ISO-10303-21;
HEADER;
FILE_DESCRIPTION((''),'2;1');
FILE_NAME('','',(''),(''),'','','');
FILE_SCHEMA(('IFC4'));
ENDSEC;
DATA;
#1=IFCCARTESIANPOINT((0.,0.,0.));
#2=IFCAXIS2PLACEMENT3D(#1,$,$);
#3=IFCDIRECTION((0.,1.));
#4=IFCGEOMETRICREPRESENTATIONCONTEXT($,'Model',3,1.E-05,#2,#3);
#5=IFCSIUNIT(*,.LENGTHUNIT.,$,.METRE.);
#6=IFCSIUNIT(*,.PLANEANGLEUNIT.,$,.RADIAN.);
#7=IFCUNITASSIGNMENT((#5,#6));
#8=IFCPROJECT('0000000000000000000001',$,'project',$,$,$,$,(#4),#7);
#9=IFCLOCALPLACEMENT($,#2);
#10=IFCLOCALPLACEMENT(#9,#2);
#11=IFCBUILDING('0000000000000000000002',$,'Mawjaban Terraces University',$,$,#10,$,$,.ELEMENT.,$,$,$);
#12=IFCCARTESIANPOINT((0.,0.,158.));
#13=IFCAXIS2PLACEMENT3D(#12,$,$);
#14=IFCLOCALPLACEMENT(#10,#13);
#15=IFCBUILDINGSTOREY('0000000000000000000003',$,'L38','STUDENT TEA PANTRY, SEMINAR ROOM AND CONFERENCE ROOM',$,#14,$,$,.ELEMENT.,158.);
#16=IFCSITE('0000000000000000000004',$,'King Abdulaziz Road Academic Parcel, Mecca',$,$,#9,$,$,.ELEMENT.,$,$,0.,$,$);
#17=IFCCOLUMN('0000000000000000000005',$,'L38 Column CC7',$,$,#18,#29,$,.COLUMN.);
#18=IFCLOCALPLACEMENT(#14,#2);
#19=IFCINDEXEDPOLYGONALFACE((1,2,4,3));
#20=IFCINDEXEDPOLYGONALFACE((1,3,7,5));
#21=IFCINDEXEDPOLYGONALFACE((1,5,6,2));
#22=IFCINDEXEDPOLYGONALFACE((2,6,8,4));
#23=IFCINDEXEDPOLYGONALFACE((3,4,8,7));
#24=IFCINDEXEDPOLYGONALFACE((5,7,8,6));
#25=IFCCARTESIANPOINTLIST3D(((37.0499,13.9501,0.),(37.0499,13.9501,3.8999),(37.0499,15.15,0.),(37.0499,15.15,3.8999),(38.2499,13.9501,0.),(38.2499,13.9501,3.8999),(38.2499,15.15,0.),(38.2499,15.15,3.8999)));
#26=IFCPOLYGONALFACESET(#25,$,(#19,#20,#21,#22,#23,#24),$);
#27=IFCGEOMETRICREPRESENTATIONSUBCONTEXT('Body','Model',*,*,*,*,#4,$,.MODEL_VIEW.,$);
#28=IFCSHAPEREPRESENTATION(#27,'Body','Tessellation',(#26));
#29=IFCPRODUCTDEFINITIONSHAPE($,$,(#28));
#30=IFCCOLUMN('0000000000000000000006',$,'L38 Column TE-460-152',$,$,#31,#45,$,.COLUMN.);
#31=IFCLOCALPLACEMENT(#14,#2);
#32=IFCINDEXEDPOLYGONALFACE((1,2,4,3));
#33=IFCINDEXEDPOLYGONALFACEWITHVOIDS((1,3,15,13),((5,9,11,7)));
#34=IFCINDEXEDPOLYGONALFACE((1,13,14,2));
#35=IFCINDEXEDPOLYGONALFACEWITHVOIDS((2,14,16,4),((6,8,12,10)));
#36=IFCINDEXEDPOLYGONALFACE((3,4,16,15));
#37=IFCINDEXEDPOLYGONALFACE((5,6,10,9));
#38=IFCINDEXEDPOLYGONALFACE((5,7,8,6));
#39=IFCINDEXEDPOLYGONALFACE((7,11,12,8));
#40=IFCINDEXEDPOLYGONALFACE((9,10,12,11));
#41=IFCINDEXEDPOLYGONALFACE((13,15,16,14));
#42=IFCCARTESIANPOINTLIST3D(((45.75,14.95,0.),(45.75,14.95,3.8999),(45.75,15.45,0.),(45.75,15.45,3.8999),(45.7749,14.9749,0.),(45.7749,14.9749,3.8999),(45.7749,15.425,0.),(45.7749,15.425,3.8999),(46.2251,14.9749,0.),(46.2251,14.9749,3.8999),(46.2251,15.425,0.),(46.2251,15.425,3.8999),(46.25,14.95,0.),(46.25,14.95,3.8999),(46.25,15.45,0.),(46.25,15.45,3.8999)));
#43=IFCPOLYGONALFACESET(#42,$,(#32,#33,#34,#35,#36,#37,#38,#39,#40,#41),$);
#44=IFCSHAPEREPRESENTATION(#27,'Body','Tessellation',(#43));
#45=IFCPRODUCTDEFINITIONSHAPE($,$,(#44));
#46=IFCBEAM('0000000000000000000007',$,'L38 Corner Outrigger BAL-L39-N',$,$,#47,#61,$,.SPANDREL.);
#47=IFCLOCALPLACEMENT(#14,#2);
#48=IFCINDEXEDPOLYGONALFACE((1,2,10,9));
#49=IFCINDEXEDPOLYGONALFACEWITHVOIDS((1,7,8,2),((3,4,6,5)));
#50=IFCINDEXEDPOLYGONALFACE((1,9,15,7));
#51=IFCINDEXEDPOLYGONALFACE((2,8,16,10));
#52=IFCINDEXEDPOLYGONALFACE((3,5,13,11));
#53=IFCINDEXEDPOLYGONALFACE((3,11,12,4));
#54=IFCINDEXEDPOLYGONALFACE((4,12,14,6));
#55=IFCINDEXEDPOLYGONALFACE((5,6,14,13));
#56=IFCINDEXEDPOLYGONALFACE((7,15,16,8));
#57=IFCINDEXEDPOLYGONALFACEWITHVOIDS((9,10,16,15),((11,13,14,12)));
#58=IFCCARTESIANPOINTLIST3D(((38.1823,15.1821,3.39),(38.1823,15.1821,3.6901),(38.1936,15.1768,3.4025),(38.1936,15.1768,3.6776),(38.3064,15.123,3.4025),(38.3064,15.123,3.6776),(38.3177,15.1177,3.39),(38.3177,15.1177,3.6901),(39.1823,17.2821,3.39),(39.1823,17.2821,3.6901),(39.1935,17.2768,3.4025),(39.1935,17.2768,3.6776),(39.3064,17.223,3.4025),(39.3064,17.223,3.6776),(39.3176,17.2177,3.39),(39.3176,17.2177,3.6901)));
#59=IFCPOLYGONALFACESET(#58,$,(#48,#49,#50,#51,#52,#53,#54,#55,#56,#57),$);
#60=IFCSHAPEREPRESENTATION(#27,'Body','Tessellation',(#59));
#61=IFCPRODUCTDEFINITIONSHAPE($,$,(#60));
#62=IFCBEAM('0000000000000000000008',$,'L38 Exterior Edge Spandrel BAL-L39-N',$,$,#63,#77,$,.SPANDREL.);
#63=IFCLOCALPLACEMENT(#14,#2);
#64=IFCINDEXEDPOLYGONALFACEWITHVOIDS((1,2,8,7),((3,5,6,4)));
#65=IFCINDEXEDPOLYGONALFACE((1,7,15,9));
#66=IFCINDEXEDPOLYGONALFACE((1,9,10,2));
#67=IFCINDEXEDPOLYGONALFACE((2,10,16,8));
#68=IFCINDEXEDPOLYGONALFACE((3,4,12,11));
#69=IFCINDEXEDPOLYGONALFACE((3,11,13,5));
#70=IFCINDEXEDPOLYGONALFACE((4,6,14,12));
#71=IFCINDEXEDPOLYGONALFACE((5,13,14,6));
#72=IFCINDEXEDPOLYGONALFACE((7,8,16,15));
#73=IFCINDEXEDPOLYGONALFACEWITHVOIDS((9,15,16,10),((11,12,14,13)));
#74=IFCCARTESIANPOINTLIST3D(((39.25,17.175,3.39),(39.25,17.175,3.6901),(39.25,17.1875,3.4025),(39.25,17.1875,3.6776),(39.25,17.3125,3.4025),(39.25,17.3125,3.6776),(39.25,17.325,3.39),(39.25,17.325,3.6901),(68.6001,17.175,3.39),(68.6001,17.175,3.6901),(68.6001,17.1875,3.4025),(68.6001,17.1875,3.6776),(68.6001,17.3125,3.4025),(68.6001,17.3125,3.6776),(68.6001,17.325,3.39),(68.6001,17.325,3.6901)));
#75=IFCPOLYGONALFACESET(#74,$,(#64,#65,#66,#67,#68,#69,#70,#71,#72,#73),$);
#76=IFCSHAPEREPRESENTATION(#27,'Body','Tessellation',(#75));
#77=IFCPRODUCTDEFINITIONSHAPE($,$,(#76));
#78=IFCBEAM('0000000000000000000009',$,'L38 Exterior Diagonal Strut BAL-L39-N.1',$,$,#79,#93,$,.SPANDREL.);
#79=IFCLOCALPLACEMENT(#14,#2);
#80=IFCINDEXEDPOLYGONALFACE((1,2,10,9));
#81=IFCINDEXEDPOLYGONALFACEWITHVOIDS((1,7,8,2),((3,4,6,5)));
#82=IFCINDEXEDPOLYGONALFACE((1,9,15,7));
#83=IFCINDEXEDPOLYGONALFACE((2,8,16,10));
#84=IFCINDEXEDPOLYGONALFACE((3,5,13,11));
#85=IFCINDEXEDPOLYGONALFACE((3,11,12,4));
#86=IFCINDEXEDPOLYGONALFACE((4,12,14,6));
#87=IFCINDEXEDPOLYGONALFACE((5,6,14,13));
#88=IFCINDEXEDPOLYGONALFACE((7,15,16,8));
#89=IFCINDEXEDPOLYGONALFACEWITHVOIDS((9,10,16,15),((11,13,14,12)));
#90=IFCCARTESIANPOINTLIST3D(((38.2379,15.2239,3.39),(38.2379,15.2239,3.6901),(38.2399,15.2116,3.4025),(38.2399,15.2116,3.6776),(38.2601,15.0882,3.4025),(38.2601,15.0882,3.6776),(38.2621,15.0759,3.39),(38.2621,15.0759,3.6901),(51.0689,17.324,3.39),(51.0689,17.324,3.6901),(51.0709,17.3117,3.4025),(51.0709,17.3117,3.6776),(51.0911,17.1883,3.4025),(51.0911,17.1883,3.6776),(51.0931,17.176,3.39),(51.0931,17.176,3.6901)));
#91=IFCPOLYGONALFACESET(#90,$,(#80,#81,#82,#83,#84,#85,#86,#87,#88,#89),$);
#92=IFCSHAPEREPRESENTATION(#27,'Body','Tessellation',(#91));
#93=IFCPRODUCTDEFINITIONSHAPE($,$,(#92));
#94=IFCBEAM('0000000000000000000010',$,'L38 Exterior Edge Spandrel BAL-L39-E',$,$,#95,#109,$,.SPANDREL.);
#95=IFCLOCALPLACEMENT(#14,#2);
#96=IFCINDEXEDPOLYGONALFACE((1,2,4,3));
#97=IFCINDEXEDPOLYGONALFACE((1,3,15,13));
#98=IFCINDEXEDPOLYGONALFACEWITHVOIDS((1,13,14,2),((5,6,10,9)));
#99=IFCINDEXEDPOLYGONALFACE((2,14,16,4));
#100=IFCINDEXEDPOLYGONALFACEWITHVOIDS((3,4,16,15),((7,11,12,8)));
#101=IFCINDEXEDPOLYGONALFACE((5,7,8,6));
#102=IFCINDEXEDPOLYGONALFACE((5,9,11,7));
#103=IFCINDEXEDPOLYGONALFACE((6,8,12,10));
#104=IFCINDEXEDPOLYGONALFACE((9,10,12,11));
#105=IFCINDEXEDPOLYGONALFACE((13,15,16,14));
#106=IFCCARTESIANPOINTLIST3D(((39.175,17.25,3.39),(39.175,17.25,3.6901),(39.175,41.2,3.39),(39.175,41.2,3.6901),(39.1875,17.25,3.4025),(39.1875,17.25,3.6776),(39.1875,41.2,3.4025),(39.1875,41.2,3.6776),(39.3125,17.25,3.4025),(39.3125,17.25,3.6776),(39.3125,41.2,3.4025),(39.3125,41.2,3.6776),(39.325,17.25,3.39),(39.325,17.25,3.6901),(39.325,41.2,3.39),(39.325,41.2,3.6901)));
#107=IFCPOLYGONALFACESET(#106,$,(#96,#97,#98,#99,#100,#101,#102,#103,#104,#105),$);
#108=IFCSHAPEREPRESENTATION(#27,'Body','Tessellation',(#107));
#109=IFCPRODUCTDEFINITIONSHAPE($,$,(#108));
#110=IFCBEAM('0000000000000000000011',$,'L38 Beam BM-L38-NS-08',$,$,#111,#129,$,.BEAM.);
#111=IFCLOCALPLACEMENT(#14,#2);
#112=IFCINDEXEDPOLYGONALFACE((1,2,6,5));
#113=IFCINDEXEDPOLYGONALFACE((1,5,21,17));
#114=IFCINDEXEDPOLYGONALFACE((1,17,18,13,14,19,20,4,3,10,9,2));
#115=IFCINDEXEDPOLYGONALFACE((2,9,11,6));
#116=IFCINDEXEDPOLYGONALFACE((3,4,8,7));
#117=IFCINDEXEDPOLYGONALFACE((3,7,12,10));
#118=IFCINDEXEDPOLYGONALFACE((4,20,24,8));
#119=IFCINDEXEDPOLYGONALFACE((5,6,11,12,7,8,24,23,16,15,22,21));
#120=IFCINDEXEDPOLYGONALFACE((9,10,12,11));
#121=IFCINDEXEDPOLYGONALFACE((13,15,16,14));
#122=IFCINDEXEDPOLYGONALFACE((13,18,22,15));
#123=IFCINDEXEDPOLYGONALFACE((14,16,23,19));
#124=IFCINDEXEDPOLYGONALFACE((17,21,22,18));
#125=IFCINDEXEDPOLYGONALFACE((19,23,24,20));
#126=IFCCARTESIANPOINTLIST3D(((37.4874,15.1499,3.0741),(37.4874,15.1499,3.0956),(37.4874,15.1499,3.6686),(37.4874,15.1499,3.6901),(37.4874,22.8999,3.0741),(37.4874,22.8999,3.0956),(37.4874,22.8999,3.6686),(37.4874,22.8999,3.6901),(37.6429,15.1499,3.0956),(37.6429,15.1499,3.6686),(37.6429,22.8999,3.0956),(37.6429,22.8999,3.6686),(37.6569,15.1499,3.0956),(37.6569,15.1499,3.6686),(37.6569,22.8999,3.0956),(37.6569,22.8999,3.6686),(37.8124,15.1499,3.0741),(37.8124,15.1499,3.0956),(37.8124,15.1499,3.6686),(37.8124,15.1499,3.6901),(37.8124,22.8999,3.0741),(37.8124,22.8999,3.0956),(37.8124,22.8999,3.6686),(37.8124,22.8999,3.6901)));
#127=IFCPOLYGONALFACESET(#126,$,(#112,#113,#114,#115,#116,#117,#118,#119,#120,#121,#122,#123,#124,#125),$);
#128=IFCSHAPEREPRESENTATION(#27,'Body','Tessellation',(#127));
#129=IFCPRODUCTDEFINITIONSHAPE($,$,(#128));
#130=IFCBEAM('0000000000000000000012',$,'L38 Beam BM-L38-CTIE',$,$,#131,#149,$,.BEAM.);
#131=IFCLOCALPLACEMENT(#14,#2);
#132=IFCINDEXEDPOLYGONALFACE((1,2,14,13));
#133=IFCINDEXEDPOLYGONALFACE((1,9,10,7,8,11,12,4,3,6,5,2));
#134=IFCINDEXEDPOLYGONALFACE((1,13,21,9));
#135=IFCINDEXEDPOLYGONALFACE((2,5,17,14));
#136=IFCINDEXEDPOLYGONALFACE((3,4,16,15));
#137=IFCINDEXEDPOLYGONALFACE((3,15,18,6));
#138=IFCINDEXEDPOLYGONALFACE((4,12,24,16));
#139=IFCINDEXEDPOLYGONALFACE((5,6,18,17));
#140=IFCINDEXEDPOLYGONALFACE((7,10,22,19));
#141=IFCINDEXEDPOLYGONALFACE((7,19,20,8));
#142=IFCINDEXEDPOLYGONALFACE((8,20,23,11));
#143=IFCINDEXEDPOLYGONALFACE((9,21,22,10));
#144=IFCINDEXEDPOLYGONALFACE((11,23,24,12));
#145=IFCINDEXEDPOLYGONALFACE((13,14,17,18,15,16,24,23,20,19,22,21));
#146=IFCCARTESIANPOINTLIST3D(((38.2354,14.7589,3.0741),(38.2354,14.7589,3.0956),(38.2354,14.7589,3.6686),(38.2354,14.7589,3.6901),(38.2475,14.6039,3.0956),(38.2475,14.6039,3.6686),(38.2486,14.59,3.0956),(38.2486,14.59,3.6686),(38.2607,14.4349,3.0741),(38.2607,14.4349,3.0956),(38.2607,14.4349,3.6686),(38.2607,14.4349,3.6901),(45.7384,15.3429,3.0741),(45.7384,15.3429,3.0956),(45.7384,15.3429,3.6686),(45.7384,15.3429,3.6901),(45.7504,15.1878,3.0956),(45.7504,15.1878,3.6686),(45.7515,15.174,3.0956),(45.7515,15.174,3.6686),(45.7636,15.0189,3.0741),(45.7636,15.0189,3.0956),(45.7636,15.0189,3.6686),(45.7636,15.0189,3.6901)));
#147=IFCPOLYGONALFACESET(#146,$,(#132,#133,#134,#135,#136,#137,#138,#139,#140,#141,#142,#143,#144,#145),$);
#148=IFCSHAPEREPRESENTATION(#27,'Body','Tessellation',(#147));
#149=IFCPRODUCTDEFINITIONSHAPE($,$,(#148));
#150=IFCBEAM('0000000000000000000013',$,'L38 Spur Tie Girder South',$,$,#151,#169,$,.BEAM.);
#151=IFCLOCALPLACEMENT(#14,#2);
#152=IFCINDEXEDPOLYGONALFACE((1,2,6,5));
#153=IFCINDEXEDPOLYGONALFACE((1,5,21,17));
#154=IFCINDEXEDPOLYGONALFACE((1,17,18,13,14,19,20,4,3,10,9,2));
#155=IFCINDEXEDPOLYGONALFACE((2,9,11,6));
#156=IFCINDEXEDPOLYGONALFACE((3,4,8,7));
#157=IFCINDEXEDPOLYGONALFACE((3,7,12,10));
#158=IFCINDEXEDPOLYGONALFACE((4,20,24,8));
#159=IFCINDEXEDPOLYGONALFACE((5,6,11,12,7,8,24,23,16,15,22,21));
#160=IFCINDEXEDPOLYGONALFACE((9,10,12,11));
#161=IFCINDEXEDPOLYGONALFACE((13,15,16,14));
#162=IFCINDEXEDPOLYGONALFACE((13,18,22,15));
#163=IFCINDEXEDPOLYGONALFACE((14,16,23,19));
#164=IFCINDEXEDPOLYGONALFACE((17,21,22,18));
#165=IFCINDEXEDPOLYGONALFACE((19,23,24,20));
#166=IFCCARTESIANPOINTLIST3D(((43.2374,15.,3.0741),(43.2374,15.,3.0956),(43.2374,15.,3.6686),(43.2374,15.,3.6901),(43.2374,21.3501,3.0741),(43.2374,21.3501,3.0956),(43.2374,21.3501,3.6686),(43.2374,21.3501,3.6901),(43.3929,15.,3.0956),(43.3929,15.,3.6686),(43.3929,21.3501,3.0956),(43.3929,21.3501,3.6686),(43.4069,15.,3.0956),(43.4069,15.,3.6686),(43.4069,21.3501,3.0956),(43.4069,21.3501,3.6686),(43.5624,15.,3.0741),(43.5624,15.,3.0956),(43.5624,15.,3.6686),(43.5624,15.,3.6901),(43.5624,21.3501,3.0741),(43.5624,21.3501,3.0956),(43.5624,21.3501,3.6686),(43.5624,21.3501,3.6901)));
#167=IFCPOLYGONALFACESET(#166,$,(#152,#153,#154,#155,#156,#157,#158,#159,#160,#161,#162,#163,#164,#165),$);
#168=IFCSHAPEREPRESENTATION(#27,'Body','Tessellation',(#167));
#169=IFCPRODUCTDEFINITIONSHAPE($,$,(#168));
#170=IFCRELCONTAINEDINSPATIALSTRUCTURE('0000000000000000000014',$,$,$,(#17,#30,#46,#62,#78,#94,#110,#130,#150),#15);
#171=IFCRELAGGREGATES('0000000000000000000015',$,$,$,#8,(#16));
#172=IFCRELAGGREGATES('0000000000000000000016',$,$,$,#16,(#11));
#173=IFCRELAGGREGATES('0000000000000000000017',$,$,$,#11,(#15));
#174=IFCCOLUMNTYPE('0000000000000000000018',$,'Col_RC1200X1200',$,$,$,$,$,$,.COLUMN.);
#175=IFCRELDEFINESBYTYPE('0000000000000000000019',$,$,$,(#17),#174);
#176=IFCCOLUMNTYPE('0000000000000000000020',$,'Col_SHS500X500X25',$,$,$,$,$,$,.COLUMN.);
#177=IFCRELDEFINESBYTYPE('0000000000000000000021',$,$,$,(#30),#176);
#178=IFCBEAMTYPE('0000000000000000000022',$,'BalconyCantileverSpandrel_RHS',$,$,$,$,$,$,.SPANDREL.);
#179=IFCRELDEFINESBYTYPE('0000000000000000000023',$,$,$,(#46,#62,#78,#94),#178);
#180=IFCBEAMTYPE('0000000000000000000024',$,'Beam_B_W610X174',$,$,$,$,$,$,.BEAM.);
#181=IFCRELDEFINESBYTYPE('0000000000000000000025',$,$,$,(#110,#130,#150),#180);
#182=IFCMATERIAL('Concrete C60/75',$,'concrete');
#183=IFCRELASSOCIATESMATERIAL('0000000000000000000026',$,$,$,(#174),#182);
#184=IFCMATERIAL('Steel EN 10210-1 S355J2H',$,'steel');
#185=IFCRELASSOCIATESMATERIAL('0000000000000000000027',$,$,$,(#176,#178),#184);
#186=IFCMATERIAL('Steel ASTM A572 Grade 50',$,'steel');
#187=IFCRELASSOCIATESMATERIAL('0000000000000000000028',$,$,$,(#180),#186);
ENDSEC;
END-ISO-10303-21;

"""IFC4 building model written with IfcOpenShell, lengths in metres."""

from ifc_helpers import new_model, si_unit, direction, frame, origin, origin_2d, place, context, subcontext, project, spatial, rectangle, hollow_rectangle, i_section, extrude, material, material_profile, profile_set, type_object, element, save


model = new_model("IFC4")

# Units and contexts
model_context = context("Model", 3, precision=1e-05, world=origin(), true_north=direction((0.0, 1.0)))
body_context = subcontext(model_context, "Body", "Model", "MODEL_VIEW")
ifc_project = project(units=[si_unit("LENGTHUNIT", "METRE"), si_unit("PLANEANGLEUNIT", "RADIAN")], contexts=[model_context])

# Site, building, storey
site_placement = place(None, origin())
site = spatial("IfcSite", under=ifc_project, at=site_placement, Name="King Abdulaziz Road Academic Parcel, Mecca", CompositionType="ELEMENT", RefElevation=0.0)
building_placement = place(site_placement, origin())
building = spatial("IfcBuilding", under=site, at=building_placement, Name="Mawjaban Terraces University", CompositionType="ELEMENT")
storey_placement = place(building_placement, frame((0.0, 0.0, 158.0)))
storey = spatial("IfcBuildingStorey", under=building, at=storey_placement, Name="L38", Description="STUDENT TEA PANTRY, SEMINAR ROOM AND CONFERENCE ROOM", CompositionType="ELEMENT", Elevation=158.0)

# Columns
ifc_material_1 = material(Name="Concrete C60/75", Category="concrete")
ifc_material_profile_1 = material_profile(ifc_material_1, rectangle(XDim=1.2, YDim=1.2, at=origin_2d()), Name="RC1200X1200")
ifc_profile_set_1 = profile_set([ifc_material_profile_1], Name="Concrete C60/75")
column_type_1 = type_object("IfcColumnType", Name="Col_RC1200X1200", PredefinedType="COLUMN", material=ifc_profile_set_1)
column_1_placement = place(storey_placement, frame((37.6499, 14.55, 0.0), z_axis=(0.0, 0.0, 1.0), x_axis=(1.0, 0.0, 0.0)))
element("IfcColumn", 1, at=column_1_placement, inside=storey, type_object=column_type_1, Name="L38 Column CC7", PredefinedType="COLUMN", context=body_context, shape_type="SweptSolid", body=[
    extrude(rectangle(XDim=1.2, YDim=1.2, at=origin_2d()), origin(), (0.0, 0.0, 1.0), 3.8999),
])
ifc_material_2 = material(Name="Steel EN 10210-1 S355J2H", Category="steel")
ifc_material_profile_2 = material_profile(ifc_material_2, hollow_rectangle(XDim=0.5, YDim=0.5, WallThickness=0.0249, at=origin_2d()), Name="SHS500X500X25")
ifc_profile_set_2 = profile_set([ifc_material_profile_2], Name="Steel EN 10210-1 S355J2H")
column_type_2 = type_object("IfcColumnType", Name="Col_SHS500X500X25", PredefinedType="COLUMN", material=ifc_profile_set_2)
column_2_placement = place(storey_placement, frame((46.0, 15.2, 0.0), z_axis=(0.0, 0.0, 1.0), x_axis=(1.0, 0.0, 0.0)))
element("IfcColumn", 2, at=column_2_placement, inside=storey, type_object=column_type_2, Name="L38 Column TE-460-152", PredefinedType="COLUMN", context=body_context, shape_type="SweptSolid", body=[
    extrude(hollow_rectangle(XDim=0.5, YDim=0.5, WallThickness=0.0249, at=origin_2d()), origin(), (0.0, 0.0, 1.0), 3.8999),
])

# Beams
ifc_material_profile_3 = material_profile(ifc_material_2, hollow_rectangle(XDim=0.1499, YDim=0.3, WallThickness=0.0125, at=origin_2d()), Name="RHS300X150X12.5")
ifc_profile_set_3 = profile_set([ifc_material_profile_3], Name="Steel EN 10210-1 S355J2H")
beam_type_1 = type_object("IfcBeamType", Name="BalconyCantileverSpandrel_RHS", PredefinedType="SPANDREL", material=ifc_profile_set_3)
beam_1_placement = place(storey_placement, frame((38.25, 15.1499, 3.54), z_axis=(0.429917, 0.902868, 0.0), x_axis=(-0.902868, 0.429917, 0.0)))
element("IfcBeam", 3, at=beam_1_placement, inside=storey, type_object=beam_type_1, Name="L38 Corner Outrigger BAL-L39-N", PredefinedType="SPANDREL", context=body_context, shape_type="SweptSolid", body=[
    extrude(hollow_rectangle(XDim=0.1499, YDim=0.3, WallThickness=0.0125, at=origin_2d()), origin(), (0.0, 0.0, 1.0), 2.3259),
])
beam_2_placement = place(storey_placement, frame((39.25, 17.25, 3.54), z_axis=(1.0, 0.0, 0.0), x_axis=(0.0, 1.0, 0.0)))
element("IfcBeam", 4, at=beam_2_placement, inside=storey, type_object=beam_type_1, Name="L38 Exterior Edge Spandrel BAL-L39-N", PredefinedType="SPANDREL", context=body_context, shape_type="SweptSolid", body=[
    extrude(hollow_rectangle(XDim=0.1499, YDim=0.3, WallThickness=0.0125, at=origin_2d()), origin(), (0.0, 0.0, 1.0), 29.3501),
])
beam_3_placement = place(storey_placement, frame((38.25, 15.1499, 3.54), z_axis=(0.986869, 0.161524, 0.0), x_axis=(-0.161524, 0.986869, 0.0)))
element("IfcBeam", 5, at=beam_3_placement, inside=storey, type_object=beam_type_1, Name="L38 Exterior Diagonal Strut BAL-L39-N.1", PredefinedType="SPANDREL", context=body_context, shape_type="SweptSolid", body=[
    extrude(hollow_rectangle(XDim=0.1499, YDim=0.3, WallThickness=0.0125, at=origin_2d()), origin(), (0.0, 0.0, 1.0), 13.0017),
])
beam_4_placement = place(storey_placement, frame((39.25, 17.25, 3.54), z_axis=(0.0, 1.0, 0.0), x_axis=(-1.0, 0.0, 0.0)))
element("IfcBeam", 6, at=beam_4_placement, inside=storey, type_object=beam_type_1, Name="L38 Exterior Edge Spandrel BAL-L39-E", PredefinedType="SPANDREL", context=body_context, shape_type="SweptSolid", body=[
    extrude(hollow_rectangle(XDim=0.1499, YDim=0.3, WallThickness=0.0125, at=origin_2d()), origin(), (0.0, 0.0, 1.0), 23.95),
])
ifc_material_3 = material(Name="Steel ASTM A572 Grade 50", Category="steel")
ifc_material_profile_4 = material_profile(ifc_material_3, i_section(OverallWidth=0.325, OverallDepth=0.616, WebThickness=0.0139, FlangeThickness=0.0215, at=origin_2d()), Name="W610X174")
ifc_profile_set_4 = profile_set([ifc_material_profile_4], Name="Steel ASTM A572 Grade 50")
beam_type_2 = type_object("IfcBeamType", Name="Beam_B_W610X174", PredefinedType="BEAM", material=ifc_profile_set_4)
beam_5_placement = place(storey_placement, frame((37.6499, 15.1499, 3.3821), z_axis=(0.0, 1.0, 0.0), x_axis=(-1.0, 0.0, 0.0)))
element("IfcBeam", 7, at=beam_5_placement, inside=storey, type_object=beam_type_2, Name="L38 Beam BM-L38-NS-08", PredefinedType="BEAM", context=body_context, shape_type="SweptSolid", body=[
    extrude(i_section(OverallWidth=0.325, OverallDepth=0.616, WebThickness=0.0139, FlangeThickness=0.0215, at=origin_2d()), origin(), (0.0, 0.0, 1.0), 7.75),
])
beam_6_placement = place(storey_placement, frame((38.248, 14.5969, 3.3821), z_axis=(0.996985, 0.077599, 0.0), x_axis=(-0.077599, 0.996985, 0.0)))
element("IfcBeam", 8, at=beam_6_placement, inside=storey, type_object=beam_type_2, Name="L38 Beam BM-L38-CTIE", PredefinedType="BEAM", context=body_context, shape_type="SweptSolid", body=[
    extrude(i_section(OverallWidth=0.325, OverallDepth=0.616, WebThickness=0.0139, FlangeThickness=0.0215, at=origin_2d()), origin(), (0.0, 0.0, 1.0), 7.5256),
])
beam_7_placement = place(storey_placement, frame((43.3999, 15.0, 3.3821), z_axis=(0.0, 1.0, 0.0), x_axis=(-1.0, 0.0, 0.0)))
element("IfcBeam", 9, at=beam_7_placement, inside=storey, type_object=beam_type_2, Name="L38 Spur Tie Girder South", PredefinedType="BEAM", context=body_context, shape_type="SweptSolid", body=[
    extrude(i_section(OverallWidth=0.325, OverallDepth=0.616, WebThickness=0.0139, FlangeThickness=0.0215, at=origin_2d()), origin(), (0.0, 0.0, 1.0), 6.3501),
])

save(model, "model.ifc")
